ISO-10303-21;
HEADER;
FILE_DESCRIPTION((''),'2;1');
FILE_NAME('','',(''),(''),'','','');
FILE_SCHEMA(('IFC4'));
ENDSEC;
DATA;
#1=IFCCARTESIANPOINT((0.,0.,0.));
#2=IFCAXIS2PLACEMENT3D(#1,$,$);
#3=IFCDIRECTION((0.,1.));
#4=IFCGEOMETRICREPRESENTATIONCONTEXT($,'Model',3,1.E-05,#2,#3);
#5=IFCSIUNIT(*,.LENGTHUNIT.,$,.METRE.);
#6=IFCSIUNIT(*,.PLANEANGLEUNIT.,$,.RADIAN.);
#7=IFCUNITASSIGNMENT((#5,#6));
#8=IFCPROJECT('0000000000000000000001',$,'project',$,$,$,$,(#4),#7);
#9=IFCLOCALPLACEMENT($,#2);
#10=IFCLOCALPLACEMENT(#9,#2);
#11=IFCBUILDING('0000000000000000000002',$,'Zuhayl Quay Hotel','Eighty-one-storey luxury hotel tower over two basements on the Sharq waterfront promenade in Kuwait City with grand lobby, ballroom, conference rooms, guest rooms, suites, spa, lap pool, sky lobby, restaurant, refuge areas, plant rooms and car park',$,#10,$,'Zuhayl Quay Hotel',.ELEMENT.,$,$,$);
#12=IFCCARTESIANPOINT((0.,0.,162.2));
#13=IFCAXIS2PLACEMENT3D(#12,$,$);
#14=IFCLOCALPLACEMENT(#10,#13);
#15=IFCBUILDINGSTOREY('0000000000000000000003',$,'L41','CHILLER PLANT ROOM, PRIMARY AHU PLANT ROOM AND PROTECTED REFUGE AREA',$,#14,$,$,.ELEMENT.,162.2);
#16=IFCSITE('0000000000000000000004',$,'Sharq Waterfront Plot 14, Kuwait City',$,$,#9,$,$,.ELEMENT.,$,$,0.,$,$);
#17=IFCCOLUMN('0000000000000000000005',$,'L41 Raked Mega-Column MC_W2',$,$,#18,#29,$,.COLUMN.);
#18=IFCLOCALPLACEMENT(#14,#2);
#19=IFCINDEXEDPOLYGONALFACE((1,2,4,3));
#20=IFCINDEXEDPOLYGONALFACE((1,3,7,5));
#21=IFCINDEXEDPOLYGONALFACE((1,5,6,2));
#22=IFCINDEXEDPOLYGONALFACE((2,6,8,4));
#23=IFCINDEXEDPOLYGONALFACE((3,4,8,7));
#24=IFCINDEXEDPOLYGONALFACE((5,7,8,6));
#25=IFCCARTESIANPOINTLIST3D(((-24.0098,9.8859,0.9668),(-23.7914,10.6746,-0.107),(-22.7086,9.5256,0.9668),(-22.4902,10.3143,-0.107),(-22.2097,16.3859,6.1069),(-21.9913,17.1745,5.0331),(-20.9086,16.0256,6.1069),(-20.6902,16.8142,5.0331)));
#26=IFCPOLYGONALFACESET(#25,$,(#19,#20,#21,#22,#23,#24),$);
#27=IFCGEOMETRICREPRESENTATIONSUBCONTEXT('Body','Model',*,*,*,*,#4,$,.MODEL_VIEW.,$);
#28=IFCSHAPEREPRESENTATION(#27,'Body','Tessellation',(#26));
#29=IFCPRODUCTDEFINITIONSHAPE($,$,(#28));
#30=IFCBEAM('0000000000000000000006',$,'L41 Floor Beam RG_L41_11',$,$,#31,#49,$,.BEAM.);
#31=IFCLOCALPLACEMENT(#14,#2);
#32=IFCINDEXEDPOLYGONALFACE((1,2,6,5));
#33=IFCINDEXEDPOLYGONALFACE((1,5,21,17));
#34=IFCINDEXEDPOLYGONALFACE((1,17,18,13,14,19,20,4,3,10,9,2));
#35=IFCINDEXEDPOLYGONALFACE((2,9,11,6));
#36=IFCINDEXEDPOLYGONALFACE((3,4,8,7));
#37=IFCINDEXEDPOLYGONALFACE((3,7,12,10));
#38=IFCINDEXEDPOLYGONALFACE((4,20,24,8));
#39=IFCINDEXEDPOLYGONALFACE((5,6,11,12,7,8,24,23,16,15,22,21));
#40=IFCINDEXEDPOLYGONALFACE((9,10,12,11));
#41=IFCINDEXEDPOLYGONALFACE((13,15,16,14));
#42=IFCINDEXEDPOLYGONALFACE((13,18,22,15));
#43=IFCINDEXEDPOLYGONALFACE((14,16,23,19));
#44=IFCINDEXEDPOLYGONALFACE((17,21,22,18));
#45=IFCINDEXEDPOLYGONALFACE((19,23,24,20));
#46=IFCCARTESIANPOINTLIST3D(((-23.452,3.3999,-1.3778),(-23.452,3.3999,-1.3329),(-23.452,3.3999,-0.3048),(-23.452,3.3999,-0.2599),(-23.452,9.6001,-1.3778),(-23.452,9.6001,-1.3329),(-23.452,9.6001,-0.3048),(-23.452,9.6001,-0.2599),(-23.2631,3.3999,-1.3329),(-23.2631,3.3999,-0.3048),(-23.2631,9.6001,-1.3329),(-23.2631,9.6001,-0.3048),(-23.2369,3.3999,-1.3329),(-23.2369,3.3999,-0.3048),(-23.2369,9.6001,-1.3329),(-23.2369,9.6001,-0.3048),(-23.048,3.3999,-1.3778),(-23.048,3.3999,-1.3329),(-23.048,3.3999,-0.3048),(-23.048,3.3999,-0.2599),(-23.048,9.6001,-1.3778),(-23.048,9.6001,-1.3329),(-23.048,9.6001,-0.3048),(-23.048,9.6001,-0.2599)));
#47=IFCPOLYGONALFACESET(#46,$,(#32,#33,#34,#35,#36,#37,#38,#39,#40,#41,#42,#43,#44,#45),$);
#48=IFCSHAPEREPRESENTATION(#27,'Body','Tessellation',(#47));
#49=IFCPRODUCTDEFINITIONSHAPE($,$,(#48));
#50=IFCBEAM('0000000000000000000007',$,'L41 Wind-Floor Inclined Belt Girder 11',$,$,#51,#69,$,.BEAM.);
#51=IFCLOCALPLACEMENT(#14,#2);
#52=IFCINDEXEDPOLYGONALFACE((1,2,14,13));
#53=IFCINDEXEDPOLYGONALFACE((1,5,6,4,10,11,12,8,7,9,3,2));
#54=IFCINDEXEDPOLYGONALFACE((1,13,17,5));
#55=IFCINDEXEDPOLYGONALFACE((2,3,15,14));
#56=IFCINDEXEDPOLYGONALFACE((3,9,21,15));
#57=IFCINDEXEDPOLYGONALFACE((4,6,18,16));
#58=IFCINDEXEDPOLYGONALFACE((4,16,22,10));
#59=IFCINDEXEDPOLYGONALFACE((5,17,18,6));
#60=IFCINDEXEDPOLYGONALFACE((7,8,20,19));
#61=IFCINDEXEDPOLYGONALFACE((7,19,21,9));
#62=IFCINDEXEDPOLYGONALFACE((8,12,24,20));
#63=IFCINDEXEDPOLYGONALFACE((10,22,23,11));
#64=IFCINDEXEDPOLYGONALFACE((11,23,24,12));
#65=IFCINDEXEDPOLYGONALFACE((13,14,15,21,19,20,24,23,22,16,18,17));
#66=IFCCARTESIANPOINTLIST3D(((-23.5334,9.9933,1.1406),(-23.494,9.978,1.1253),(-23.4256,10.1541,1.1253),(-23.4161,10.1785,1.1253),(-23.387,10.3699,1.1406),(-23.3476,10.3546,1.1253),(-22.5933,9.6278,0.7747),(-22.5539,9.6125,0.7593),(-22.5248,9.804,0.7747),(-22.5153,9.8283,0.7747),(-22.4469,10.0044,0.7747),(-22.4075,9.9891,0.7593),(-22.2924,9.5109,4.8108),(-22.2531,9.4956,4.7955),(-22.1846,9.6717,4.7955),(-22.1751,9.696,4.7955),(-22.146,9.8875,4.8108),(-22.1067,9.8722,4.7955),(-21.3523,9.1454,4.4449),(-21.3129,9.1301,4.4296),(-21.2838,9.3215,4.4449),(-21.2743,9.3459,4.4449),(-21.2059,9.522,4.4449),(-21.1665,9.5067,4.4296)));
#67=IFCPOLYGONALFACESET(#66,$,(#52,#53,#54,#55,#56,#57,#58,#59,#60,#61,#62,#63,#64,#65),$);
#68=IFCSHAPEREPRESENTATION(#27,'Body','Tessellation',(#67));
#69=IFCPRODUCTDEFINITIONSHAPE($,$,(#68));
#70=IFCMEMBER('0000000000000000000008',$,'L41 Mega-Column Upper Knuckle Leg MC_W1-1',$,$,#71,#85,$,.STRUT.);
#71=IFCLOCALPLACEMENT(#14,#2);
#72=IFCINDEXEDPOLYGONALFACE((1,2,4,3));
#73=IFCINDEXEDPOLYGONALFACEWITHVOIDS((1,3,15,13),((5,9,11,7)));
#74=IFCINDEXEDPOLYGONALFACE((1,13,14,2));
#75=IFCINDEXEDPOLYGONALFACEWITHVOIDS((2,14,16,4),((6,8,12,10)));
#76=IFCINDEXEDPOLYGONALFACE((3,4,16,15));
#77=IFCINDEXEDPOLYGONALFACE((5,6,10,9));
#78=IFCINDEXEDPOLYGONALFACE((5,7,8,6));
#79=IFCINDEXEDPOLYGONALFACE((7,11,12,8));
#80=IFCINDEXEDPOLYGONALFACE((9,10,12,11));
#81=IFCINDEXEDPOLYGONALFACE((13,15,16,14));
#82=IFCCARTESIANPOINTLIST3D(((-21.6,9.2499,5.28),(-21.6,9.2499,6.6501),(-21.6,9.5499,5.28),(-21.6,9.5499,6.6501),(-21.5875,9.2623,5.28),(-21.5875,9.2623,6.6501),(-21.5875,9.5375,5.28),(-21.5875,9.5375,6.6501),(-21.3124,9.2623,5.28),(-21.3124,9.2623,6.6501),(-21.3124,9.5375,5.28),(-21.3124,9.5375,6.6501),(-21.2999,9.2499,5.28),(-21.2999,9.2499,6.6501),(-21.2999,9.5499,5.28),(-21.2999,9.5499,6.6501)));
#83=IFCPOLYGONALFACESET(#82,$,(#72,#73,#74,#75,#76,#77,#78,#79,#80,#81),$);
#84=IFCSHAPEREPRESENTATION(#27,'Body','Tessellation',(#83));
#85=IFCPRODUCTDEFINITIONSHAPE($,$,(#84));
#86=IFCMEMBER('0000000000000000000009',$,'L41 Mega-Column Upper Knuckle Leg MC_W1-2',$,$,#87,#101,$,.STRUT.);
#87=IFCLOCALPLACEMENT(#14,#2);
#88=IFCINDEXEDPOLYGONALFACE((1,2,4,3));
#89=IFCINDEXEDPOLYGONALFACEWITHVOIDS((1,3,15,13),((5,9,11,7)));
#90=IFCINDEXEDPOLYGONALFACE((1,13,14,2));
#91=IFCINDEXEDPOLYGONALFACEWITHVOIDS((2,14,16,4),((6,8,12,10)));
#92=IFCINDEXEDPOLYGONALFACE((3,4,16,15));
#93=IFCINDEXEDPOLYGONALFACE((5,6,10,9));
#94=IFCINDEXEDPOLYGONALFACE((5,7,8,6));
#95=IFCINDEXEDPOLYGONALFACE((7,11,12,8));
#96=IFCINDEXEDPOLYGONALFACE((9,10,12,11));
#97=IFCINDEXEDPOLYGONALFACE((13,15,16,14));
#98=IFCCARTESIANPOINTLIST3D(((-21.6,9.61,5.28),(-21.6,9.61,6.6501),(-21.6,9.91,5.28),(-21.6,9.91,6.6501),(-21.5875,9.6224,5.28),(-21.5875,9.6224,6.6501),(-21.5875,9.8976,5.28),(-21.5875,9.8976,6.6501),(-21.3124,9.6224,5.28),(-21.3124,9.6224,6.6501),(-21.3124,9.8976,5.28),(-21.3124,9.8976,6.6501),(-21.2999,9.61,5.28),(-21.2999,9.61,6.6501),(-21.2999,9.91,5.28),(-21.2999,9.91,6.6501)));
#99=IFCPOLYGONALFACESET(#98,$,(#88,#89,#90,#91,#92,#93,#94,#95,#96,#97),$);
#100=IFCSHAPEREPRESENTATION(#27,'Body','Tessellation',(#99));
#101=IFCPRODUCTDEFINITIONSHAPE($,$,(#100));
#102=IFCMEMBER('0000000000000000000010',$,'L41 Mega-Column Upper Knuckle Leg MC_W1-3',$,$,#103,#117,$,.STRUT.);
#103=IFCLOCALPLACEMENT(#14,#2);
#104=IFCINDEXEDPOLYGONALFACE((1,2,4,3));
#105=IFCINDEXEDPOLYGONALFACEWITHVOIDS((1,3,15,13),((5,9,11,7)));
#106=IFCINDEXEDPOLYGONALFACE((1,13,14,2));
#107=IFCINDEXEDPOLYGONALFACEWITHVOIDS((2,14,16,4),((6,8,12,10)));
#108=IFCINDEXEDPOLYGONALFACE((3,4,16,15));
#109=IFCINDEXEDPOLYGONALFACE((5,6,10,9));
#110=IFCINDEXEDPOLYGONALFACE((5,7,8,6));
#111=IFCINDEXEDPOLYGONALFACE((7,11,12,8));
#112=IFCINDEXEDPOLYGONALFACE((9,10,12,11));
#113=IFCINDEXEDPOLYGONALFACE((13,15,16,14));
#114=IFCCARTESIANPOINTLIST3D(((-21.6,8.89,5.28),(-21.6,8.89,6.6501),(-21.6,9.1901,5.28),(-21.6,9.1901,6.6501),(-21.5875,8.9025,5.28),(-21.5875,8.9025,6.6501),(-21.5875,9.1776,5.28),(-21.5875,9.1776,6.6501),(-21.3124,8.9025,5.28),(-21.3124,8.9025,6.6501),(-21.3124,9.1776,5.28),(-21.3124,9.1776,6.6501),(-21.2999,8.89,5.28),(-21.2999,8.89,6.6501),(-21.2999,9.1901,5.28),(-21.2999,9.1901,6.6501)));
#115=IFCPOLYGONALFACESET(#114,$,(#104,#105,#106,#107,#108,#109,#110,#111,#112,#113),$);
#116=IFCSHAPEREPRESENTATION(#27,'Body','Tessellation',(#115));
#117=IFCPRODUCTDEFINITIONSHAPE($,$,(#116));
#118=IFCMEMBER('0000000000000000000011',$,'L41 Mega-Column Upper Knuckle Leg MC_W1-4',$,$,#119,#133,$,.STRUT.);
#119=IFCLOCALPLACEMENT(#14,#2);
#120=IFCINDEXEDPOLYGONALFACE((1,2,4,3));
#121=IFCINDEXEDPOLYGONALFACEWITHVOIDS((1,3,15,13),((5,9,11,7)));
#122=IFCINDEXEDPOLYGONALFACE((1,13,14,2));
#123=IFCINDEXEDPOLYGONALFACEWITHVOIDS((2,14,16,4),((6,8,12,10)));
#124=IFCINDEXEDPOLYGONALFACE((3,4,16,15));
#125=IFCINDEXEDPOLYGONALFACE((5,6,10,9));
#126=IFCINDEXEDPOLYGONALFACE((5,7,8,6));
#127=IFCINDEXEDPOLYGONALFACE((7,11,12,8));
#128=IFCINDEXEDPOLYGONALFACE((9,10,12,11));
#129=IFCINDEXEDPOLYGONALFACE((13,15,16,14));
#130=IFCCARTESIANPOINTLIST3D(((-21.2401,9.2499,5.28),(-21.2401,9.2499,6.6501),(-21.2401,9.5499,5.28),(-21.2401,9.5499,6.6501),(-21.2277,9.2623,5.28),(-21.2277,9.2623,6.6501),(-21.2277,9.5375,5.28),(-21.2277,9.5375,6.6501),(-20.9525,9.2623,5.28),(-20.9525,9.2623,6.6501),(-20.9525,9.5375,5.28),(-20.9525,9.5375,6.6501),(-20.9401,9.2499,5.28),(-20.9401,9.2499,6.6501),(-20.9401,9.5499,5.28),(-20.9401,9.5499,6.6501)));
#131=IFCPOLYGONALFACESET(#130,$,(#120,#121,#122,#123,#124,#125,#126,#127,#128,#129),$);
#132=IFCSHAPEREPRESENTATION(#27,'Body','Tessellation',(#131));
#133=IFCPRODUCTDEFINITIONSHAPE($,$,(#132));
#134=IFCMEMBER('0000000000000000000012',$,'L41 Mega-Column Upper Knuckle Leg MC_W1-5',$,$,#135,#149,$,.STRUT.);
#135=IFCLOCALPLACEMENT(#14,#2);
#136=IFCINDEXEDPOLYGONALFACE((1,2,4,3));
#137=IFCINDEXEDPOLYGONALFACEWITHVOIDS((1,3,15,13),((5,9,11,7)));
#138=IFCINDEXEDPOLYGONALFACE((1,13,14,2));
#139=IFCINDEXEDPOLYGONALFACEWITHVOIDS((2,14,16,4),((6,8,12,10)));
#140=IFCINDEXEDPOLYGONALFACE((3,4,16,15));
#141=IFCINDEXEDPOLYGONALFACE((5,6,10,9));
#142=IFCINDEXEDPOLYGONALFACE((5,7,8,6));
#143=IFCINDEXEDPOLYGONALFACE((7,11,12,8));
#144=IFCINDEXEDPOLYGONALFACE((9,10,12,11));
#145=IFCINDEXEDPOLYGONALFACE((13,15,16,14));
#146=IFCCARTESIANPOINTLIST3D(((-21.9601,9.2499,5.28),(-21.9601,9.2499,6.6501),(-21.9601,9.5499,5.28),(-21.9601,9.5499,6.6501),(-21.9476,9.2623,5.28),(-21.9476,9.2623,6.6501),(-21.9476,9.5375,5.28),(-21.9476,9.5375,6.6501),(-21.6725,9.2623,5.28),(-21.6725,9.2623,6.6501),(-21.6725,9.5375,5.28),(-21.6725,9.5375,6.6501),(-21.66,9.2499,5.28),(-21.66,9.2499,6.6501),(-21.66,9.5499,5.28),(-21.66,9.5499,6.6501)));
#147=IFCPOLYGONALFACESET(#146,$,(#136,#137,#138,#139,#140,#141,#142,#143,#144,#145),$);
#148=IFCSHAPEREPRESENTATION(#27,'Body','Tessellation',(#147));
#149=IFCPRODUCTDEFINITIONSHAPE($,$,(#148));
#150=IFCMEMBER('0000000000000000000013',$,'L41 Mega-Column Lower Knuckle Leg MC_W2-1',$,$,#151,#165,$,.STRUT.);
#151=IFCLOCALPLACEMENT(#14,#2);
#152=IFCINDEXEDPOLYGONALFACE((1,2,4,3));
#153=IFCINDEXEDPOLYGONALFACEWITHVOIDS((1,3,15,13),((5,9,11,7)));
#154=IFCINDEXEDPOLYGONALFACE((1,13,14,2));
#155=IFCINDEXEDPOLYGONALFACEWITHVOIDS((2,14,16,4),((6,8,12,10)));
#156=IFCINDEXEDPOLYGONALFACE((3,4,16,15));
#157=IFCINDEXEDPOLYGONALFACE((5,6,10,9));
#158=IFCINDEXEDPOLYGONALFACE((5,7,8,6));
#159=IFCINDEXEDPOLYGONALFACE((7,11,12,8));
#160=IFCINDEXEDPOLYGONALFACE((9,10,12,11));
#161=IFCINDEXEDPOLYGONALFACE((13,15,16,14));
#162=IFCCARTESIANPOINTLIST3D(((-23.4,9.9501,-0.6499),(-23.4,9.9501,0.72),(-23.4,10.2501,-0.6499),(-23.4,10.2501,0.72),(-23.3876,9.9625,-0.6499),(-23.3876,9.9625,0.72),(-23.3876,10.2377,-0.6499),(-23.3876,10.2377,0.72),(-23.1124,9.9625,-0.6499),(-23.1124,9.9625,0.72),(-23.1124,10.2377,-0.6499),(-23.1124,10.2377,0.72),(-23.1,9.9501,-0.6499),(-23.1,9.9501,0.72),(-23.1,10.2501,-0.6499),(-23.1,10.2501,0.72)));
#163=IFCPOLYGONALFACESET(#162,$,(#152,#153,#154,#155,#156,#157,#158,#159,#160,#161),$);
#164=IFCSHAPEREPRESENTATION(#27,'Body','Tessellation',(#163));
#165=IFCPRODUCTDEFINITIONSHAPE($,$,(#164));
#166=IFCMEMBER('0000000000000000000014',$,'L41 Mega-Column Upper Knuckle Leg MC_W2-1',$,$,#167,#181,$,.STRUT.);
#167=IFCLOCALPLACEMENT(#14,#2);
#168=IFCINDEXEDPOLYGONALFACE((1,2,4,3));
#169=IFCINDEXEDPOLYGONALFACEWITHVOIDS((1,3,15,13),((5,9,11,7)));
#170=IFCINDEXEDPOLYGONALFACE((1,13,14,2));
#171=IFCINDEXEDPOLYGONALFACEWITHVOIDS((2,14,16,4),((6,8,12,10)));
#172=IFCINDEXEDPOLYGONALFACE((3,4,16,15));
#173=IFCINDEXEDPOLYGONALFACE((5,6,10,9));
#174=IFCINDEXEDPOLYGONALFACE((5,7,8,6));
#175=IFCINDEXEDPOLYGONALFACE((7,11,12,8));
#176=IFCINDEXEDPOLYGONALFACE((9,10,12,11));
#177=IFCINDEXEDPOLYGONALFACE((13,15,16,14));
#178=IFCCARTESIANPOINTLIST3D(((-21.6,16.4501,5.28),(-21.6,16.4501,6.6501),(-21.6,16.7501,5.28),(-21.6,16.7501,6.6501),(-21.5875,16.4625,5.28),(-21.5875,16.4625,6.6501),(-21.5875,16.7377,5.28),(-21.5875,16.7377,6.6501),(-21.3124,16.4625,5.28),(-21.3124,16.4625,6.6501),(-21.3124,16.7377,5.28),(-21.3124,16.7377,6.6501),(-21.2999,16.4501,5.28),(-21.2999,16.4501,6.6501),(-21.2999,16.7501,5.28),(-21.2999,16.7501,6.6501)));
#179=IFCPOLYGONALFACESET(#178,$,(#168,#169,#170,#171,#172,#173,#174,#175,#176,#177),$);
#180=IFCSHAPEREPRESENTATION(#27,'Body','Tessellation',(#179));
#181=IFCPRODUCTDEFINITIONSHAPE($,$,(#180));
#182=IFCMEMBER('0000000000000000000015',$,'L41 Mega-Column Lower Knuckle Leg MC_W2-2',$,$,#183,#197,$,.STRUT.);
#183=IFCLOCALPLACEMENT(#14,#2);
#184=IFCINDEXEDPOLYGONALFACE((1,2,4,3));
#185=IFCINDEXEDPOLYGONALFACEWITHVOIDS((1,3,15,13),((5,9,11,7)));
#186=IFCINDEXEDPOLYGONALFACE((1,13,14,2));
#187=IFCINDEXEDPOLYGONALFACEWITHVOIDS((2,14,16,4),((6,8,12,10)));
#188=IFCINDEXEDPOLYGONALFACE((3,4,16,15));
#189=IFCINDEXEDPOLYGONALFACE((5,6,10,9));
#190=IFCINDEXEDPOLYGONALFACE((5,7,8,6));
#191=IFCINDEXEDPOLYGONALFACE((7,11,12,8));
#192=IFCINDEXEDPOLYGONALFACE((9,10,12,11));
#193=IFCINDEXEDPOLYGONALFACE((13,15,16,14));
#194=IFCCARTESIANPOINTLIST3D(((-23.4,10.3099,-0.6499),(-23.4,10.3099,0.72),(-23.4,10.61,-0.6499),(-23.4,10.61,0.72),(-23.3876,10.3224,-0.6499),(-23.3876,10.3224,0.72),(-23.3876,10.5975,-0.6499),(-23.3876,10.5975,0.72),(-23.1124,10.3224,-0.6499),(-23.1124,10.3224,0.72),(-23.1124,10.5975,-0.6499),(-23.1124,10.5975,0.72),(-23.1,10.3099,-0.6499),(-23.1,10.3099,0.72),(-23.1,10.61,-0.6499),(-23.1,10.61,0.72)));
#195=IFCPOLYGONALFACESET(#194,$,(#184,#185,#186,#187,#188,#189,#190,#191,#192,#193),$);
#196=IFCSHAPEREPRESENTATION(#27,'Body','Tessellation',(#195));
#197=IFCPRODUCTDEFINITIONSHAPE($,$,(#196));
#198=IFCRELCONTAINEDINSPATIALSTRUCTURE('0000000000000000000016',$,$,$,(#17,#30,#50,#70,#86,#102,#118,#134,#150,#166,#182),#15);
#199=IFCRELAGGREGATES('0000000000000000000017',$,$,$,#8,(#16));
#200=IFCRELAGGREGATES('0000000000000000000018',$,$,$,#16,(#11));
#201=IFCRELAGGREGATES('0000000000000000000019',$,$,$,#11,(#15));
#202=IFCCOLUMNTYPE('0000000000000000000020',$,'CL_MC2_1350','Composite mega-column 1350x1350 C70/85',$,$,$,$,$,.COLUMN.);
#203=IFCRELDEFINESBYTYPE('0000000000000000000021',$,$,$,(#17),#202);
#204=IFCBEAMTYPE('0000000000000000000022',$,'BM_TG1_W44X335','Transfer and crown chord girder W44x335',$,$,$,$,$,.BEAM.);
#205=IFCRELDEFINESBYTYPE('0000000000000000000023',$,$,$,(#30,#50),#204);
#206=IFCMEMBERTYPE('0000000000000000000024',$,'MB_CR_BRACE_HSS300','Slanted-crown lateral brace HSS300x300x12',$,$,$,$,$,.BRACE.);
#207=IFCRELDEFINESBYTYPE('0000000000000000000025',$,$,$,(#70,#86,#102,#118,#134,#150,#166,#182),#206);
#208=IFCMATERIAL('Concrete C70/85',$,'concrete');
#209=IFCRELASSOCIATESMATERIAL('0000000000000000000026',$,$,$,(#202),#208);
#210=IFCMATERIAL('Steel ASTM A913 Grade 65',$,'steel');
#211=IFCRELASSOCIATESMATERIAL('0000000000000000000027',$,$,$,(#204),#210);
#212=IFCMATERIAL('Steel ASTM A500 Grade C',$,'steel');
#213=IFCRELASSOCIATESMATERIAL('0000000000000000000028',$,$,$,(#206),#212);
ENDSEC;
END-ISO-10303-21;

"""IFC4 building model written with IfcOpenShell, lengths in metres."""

from ifc_helpers import new_model, si_unit, direction, frame, origin, origin_2d, place, context, subcontext, project, spatial, rectangle, hollow_rectangle, i_section, extrude, material, material_profile, profile_set, type_object, element, save


model = new_model("IFC4")

# Units and contexts
model_context = context("Model", 3, precision=1e-05, world=origin(), true_north=direction((0.0, 1.0)))
body_context = subcontext(model_context, "Body", "Model", "MODEL_VIEW")
ifc_project = project(units=[si_unit("LENGTHUNIT", "METRE"), si_unit("PLANEANGLEUNIT", "RADIAN")], contexts=[model_context])

# Site, building, storey
site_placement = place(None, origin())
site = spatial("IfcSite", under=ifc_project, at=site_placement, Name="Sharq Waterfront Plot 14, Kuwait City", CompositionType="ELEMENT", RefElevation=0.0)
building_placement = place(site_placement, origin())
building = spatial("IfcBuilding", under=site, at=building_placement, Name="Zuhayl Quay Hotel", Description="Eighty-one-storey luxury hotel tower over two basements on the Sharq waterfront promenade in Kuwait City with grand lobby, ballroom, conference rooms, guest rooms, suites, spa, lap pool, sky lobby, restaurant, refuge areas, plant rooms and car park", LongName="Zuhayl Quay Hotel", CompositionType="ELEMENT")
storey_placement = place(building_placement, frame((0.0, 0.0, 162.2)))
storey = spatial("IfcBuildingStorey", under=building, at=storey_placement, Name="L41", Description="CHILLER PLANT ROOM, PRIMARY AHU PLANT ROOM AND PROTECTED REFUGE AREA", CompositionType="ELEMENT", Elevation=162.2)

# Column
ifc_material_1 = material(Name="Concrete C70/85", Category="concrete")
ifc_material_profile_1 = material_profile(ifc_material_1, rectangle(XDim=1.3501, YDim=1.3501, at=origin_2d()), Name="RC1350X1350")
ifc_profile_set_1 = profile_set([ifc_material_profile_1], Name="Concrete C70/85")
column_type = type_object("IfcColumnType", Name="CL_MC2_1350", Description="Composite mega-column 1350x1350 C70/85", PredefinedType="COLUMN", material=ifc_profile_set_1)
column_placement = place(storey_placement, frame((-23.25, 10.1001, 0.4299), z_axis=(0.212269, 0.766505, 0.606145), x_axis=(-0.963728, 0.266886, 0.0)))
element("IfcColumn", 1, at=column_placement, inside=storey, type_object=column_type, Name="L41 Raked Mega-Column MC_W2", PredefinedType="COLUMN", context=body_context, shape_type="SweptSolid", body=[
    extrude(rectangle(XDim=1.3501, YDim=1.3501, at=origin_2d()), origin(), (0.0, 0.0, 1.0), 8.48),
])

# Beams
ifc_material_2 = material(Name="Steel ASTM A913 Grade 65", Category="steel")
ifc_material_profile_2 = material_profile(ifc_material_2, i_section(OverallWidth=0.4041, OverallDepth=1.1179, WebThickness=0.0261, FlangeThickness=0.0449, at=origin_2d()), Name="W44X335")
ifc_profile_set_2 = profile_set([ifc_material_profile_2], Name="Steel ASTM A913 Grade 65")
beam_type = type_object("IfcBeamType", Name="BM_TG1_W44X335", Description="Transfer and crown chord girder W44x335", PredefinedType="BEAM", material=ifc_profile_set_2)
beam_1_placement = place(storey_placement, frame((-23.25, 9.6001, -0.8188), z_axis=(0.0, -1.0, 0.0), x_axis=(1.0, 0.0, 0.0)))
element("IfcBeam", 2, at=beam_1_placement, inside=storey, type_object=beam_type, Name="L41 Floor Beam RG_L41_11", PredefinedType="BEAM", context=body_context, shape_type="SweptSolid", body=[
    extrude(i_section(OverallWidth=0.4041, OverallDepth=1.1179, WebThickness=0.0261, FlangeThickness=0.0449, at=origin_2d()), origin(), (0.0, 0.0, 1.0), 6.2002),
])
beam_2_placement = place(storey_placement, frame((-22.9705, 9.9912, 0.95), z_axis=(0.317854, -0.123565, 0.940054), x_axis=(0.362331, 0.932049, 0.0)))
element("IfcBeam", 3, at=beam_2_placement, inside=storey, type_object=beam_type, Name="L41 Wind-Floor Inclined Belt Girder 11", PredefinedType="BEAM", context=body_context, shape_type="SweptSolid", body=[
    extrude(i_section(OverallWidth=0.4041, OverallDepth=1.1179, WebThickness=0.0261, FlangeThickness=0.0449, at=origin_2d()), origin(), (0.0, 0.0, 1.0), 3.9043),
])

# Members
ifc_material_3 = material(Name="Steel ASTM A500 Grade C", Category="steel")
ifc_material_profile_3 = material_profile(ifc_material_3, hollow_rectangle(XDim=0.3, YDim=0.3, WallThickness=0.0125, at=origin_2d()), Name="HSS300X300X12")
ifc_profile_set_3 = profile_set([ifc_material_profile_3], Name="Steel ASTM A500 Grade C")
member_type_1 = type_object("IfcMemberType", Name="MB_CR_BRACE_HSS300", Description="Slanted-crown lateral brace HSS300x300x12", PredefinedType="BRACE", material=ifc_profile_set_3)
for number, where, z_axis, x_axis, name in (
    (4, (-21.45, 9.3999, 5.28), (0.0, 0.0, 1.0), (1.0, 0.0, 0.0), "L41 Mega-Column Upper Knuckle Leg MC_W1-1"),
    (5, (-21.45, 9.76, 5.28), (0.0, 0.0, 1.0), (1.0, 0.0, 0.0), "L41 Mega-Column Upper Knuckle Leg MC_W1-2"),
    (6, (-21.45, 9.04, 5.28), (0.0, 0.0, 1.0), (1.0, 0.0, 0.0), "L41 Mega-Column Upper Knuckle Leg MC_W1-3"),
    (7, (-21.0901, 9.3999, 5.28), (0.0, 0.0, 1.0), (1.0, 0.0, 0.0), "L41 Mega-Column Upper Knuckle Leg MC_W1-4"),
    (8, (-21.8101, 9.3999, 5.28), (0.0, 0.0, 1.0), (1.0, 0.0, 0.0), "L41 Mega-Column Upper Knuckle Leg MC_W1-5"),
):
    element("IfcMember", number, at=place(storey_placement, frame(where, z_axis=z_axis, x_axis=x_axis)), inside=storey, type_object=member_type_1, Name=name, PredefinedType="STRUT", context=body_context, shape_type="SweptSolid", body=[
        extrude(hollow_rectangle(XDim=0.3, YDim=0.3, WallThickness=0.0125, at=origin_2d()), origin(), (0.0, 0.0, 1.0), 1.3701),
    ])
member_1_placement = place(storey_placement, frame((-23.25, 10.1001, -0.6499), z_axis=(0.0, 0.0, 1.0), x_axis=(1.0, 0.0, 0.0)))
element("IfcMember", 9, at=member_1_placement, inside=storey, type_object=member_type_1, Name="L41 Mega-Column Lower Knuckle Leg MC_W2-1", PredefinedType="STRUT", context=body_context, shape_type="SweptSolid", body=[
    extrude(hollow_rectangle(XDim=0.3, YDim=0.3, WallThickness=0.0125, at=origin_2d()), origin(), (0.0, 0.0, 1.0), 1.3699),
])
member_2_placement = place(storey_placement, frame((-21.45, 16.6001, 5.28), z_axis=(0.0, 0.0, 1.0), x_axis=(1.0, 0.0, 0.0)))
element("IfcMember", 10, at=member_2_placement, inside=storey, type_object=member_type_1, Name="L41 Mega-Column Upper Knuckle Leg MC_W2-1", PredefinedType="STRUT", context=body_context, shape_type="SweptSolid", body=[
    extrude(hollow_rectangle(XDim=0.3, YDim=0.3, WallThickness=0.0125, at=origin_2d()), origin(), (0.0, 0.0, 1.0), 1.3701),
])
member_3_placement = place(storey_placement, frame((-23.25, 10.46, -0.6499), z_axis=(0.0, 0.0, 1.0), x_axis=(1.0, 0.0, 0.0)))
element("IfcMember", 11, at=member_3_placement, inside=storey, type_object=member_type_1, Name="L41 Mega-Column Lower Knuckle Leg MC_W2-2", PredefinedType="STRUT", context=body_context, shape_type="SweptSolid", body=[
    extrude(hollow_rectangle(XDim=0.3, YDim=0.3, WallThickness=0.0125, at=origin_2d()), origin(), (0.0, 0.0, 1.0), 1.3699),
])

save(model, "model.ifc")
